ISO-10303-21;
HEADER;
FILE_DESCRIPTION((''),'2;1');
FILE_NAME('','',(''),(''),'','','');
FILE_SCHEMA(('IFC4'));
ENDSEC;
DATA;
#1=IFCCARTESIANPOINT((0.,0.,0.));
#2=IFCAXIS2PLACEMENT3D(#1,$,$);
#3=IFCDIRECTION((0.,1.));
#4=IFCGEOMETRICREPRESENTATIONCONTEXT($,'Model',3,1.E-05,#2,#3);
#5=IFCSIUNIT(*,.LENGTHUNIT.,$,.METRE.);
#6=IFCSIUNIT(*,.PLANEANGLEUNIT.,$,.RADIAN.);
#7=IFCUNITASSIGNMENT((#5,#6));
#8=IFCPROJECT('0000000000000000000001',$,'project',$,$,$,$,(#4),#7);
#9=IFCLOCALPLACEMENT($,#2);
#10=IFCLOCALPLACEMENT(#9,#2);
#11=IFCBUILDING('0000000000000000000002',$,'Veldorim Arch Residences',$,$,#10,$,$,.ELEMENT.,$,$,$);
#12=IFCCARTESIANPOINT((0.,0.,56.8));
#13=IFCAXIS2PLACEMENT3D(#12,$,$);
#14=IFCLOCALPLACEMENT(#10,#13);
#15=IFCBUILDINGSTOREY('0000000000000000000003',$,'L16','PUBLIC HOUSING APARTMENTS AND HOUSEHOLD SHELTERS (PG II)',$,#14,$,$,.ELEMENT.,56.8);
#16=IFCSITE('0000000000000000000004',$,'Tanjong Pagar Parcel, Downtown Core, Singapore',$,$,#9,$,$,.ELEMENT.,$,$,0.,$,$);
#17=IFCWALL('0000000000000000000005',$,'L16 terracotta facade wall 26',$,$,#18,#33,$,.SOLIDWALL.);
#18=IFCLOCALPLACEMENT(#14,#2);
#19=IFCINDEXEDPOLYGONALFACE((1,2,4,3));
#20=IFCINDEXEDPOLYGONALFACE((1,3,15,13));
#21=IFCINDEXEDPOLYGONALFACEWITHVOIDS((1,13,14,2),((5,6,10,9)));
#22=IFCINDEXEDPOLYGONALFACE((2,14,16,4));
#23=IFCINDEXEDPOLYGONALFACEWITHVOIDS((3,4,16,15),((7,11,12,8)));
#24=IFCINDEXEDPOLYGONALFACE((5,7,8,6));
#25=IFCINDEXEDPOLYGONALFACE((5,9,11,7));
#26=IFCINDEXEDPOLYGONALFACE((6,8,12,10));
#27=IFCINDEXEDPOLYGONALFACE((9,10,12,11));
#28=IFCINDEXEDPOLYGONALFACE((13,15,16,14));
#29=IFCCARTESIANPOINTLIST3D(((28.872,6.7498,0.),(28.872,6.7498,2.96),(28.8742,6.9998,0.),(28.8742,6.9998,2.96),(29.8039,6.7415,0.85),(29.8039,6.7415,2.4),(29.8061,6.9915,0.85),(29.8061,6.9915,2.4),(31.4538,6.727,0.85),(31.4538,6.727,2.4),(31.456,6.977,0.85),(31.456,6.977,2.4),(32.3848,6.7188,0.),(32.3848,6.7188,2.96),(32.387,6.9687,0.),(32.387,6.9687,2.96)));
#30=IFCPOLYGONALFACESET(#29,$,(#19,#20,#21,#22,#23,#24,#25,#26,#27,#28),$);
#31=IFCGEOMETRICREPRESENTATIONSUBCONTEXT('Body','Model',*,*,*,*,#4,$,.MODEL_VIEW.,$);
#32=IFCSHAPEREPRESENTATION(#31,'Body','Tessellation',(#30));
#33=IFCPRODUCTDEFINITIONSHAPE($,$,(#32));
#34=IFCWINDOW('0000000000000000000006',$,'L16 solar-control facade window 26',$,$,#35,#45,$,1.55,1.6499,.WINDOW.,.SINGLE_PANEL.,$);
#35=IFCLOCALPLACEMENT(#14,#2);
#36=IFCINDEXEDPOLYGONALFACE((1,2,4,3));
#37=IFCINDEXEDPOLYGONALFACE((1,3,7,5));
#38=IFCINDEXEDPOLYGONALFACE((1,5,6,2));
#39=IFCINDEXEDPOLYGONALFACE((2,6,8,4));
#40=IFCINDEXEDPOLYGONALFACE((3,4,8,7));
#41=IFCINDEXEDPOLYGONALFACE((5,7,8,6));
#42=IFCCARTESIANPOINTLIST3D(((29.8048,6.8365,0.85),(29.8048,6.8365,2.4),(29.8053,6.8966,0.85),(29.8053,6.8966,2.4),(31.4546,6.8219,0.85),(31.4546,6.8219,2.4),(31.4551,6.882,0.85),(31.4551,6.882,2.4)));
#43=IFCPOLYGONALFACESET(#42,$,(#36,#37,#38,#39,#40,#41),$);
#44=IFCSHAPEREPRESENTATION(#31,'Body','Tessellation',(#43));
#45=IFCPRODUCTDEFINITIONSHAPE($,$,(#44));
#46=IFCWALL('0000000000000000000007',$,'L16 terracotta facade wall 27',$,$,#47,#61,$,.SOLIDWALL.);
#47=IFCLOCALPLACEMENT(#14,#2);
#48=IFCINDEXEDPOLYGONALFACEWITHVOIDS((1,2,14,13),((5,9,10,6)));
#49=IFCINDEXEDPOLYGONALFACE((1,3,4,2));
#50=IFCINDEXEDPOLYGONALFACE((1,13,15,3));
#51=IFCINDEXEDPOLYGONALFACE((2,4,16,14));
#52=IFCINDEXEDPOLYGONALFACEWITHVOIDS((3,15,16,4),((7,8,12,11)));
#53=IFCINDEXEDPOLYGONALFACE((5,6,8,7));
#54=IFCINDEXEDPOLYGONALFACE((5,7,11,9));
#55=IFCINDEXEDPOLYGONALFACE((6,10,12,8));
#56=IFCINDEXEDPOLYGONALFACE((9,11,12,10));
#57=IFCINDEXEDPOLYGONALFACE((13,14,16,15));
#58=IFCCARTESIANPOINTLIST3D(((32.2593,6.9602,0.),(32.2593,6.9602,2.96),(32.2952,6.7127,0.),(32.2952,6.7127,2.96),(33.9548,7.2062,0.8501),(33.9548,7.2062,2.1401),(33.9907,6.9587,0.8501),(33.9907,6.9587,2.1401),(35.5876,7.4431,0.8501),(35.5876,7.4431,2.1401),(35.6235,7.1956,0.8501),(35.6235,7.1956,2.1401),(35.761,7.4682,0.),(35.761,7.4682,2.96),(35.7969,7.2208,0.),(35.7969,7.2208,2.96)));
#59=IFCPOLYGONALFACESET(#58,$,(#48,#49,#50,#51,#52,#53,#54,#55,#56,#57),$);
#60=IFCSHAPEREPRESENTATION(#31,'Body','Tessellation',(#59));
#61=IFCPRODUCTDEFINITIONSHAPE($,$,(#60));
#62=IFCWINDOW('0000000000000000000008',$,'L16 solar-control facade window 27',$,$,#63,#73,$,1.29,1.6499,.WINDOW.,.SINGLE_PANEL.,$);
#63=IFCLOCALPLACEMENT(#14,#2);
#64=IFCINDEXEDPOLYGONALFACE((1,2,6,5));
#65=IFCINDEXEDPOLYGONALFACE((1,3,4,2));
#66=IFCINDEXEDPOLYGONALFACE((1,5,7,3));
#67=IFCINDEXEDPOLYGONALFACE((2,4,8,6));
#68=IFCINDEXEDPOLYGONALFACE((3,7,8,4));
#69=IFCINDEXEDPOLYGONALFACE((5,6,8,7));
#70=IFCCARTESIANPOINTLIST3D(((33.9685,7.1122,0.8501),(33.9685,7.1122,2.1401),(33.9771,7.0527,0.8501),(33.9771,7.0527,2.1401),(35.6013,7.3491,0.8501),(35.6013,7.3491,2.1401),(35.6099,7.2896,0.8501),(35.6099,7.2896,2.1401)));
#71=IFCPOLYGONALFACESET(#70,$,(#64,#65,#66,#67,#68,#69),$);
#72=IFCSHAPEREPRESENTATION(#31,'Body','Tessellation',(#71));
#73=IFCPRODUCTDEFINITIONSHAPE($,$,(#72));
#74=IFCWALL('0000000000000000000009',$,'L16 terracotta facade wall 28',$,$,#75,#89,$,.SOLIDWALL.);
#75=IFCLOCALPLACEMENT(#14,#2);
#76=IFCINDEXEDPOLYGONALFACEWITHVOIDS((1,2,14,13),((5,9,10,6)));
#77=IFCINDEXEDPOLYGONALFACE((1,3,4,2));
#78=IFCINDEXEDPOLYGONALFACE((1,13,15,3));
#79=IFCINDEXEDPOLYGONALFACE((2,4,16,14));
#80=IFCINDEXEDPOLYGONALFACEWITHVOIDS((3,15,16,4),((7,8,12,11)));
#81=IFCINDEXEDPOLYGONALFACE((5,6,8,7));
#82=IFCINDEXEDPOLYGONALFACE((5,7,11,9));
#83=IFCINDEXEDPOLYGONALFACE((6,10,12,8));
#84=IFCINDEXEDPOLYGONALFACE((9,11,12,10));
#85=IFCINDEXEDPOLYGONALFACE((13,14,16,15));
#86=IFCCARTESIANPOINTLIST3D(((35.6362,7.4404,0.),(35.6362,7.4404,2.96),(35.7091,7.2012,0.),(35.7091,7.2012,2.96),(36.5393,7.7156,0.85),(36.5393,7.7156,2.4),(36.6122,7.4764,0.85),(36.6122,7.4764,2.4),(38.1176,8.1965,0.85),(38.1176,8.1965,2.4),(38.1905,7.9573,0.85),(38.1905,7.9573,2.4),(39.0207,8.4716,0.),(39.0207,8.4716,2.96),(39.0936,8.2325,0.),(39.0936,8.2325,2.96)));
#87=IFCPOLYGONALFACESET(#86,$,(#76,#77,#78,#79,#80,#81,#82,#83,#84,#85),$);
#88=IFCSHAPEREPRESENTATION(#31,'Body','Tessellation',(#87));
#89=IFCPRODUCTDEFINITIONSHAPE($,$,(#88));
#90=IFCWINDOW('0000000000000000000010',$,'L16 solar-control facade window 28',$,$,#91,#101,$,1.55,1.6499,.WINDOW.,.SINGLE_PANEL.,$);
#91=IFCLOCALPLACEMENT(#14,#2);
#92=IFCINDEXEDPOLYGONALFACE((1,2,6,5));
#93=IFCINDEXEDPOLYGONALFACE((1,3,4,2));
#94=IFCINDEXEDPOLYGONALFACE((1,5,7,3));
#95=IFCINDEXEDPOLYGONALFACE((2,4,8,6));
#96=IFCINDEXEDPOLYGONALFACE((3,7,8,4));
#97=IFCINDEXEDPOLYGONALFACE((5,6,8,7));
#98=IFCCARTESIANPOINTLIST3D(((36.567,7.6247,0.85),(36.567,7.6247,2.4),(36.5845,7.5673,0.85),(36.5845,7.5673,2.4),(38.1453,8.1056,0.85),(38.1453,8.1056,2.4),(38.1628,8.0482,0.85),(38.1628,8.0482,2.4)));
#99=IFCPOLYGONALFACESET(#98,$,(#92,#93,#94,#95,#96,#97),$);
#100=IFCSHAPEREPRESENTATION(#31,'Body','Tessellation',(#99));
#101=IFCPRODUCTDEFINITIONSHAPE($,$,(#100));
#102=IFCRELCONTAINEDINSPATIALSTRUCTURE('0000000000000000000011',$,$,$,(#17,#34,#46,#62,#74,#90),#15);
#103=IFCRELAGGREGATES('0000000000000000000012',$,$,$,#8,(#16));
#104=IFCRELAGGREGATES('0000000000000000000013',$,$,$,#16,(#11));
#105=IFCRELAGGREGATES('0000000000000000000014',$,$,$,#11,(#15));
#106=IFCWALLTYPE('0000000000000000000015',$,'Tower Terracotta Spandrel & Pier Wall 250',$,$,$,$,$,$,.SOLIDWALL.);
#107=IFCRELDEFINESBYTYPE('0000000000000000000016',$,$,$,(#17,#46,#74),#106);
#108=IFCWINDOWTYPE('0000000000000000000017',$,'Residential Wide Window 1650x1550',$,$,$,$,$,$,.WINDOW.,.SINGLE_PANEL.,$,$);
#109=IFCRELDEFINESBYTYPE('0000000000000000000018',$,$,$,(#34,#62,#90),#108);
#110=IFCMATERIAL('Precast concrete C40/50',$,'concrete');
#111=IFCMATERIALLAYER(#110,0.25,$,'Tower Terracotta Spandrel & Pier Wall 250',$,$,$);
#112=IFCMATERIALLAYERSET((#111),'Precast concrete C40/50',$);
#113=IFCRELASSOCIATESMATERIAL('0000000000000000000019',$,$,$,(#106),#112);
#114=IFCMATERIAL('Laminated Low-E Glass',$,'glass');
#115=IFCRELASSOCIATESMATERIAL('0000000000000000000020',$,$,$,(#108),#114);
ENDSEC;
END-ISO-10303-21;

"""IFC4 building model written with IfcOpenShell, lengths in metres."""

from ifc_helpers import new_model, si_unit, direction, frame, frame_2d, origin, place, context, subcontext, project, spatial, rectangle, extrude, material, layer, layer_set, type_object, element, fill, save


model = new_model("IFC4")

# Units and contexts
model_context = context("Model", 3, precision=1e-05, world=origin(), true_north=direction((0.0, 1.0)))
body_context = subcontext(model_context, "Body", "Model", "MODEL_VIEW")
ifc_project = project(units=[si_unit("LENGTHUNIT", "METRE"), si_unit("PLANEANGLEUNIT", "RADIAN")], contexts=[model_context])

# Site, building, storey
site_placement = place(None, origin())
site = spatial("IfcSite", under=ifc_project, at=site_placement, Name="Tanjong Pagar Parcel, Downtown Core, Singapore", CompositionType="ELEMENT", RefElevation=0.0)
building_placement = place(site_placement, origin())
building = spatial("IfcBuilding", under=site, at=building_placement, Name="Veldorim Arch Residences", CompositionType="ELEMENT")
storey_placement = place(building_placement, frame((0.0, 0.0, 56.8)))
storey = spatial("IfcBuildingStorey", under=building, at=storey_placement, Name="L16", Description="PUBLIC HOUSING APARTMENTS AND HOUSEHOLD SHELTERS (PG II)", CompositionType="ELEMENT", Elevation=56.8)

# Walls, openings, windows
ifc_material_1 = material(Name="Precast concrete C40/50", Category="concrete")
ifc_layer_1 = layer(ifc_material_1, 0.25, Name="Tower Terracotta Spandrel & Pier Wall 250")
ifc_layer_set_1 = layer_set([ifc_layer_1], Name="Precast concrete C40/50")
wall_type_1 = type_object("IfcWallType", Name="Tower Terracotta Spandrel & Pier Wall 250", PredefinedType="SOLIDWALL", material=ifc_layer_set_1)
wall_1_placement = place(storey_placement, frame((32.3857, 6.8438, 0.0), z_axis=(0.0, 0.0, 1.0), x_axis=(-0.999961, 0.008826, 0.0)))
wall_1 = element("IfcWall", 1, at=wall_1_placement, inside=storey, type_object=wall_type_1, Name="L16 terracotta facade wall 26", PredefinedType="SOLIDWALL", context=body_context, shape_type="SweptSolid", body=[
    extrude(rectangle(XDim=3.5129, YDim=0.25, at=frame_2d((1.7563, 0.0))), origin(), (0.0, 0.0, 1.0), 2.96),
])
opening_1_placement = place(wall_1_placement, frame((0.9309, 0.0, 0.8501)))
opening_1 = element("IfcOpeningElement", 2, at=opening_1_placement, cuts=wall_1, PredefinedType="OPENING", context=body_context, shape_type="SweptSolid", body=[
    extrude(rectangle(XDim=1.6499, YDim=1.55, at=frame_2d((0.825, 0.7749))), frame((0.0, 0.135, 0.0), z_axis=(0.0, -1.0, 0.0), x_axis=(1.0, 0.0, 0.0)), (0.0, 0.0, 1.0), 0.27),
])
ifc_material_2 = material(Name="Laminated Low-E Glass", Category="glass")
window_type = type_object("IfcWindowType", Name="Residential Wide Window 1650x1550", PartitioningType="SINGLE_PANEL", PredefinedType="WINDOW", material=ifc_material_2)
window_1_placement = place(opening_1_placement, origin())
window_1 = element("IfcWindow", 3, at=window_1_placement, inside=storey, type_object=window_type, Name="L16 solar-control facade window 26", OverallHeight=1.55, OverallWidth=1.6499, PartitioningType="SINGLE_PANEL", PredefinedType="WINDOW", context=body_context, shape_type="SweptSolid", body=[
    extrude(rectangle(XDim=1.6499, YDim=1.55, at=frame_2d((0.825, 0.7749))), frame((0.0, 0.03, 0.0), z_axis=(0.0, -1.0, 0.0), x_axis=(1.0, 0.0, 0.0)), (0.0, 0.0, 1.0), 0.0601),
])
fill(opening_1, window_1)
wall_2_placement = place(storey_placement, frame((35.7788, 7.3445, 0.0), z_axis=(0.0, 0.0, 1.0), x_axis=(-0.989638, -0.143585, 0.0)))
wall_2 = element("IfcWall", 4, at=wall_2_placement, inside=storey, type_object=wall_type_1, Name="L16 terracotta facade wall 27", PredefinedType="SOLIDWALL", context=body_context, shape_type="SweptSolid", body=[
    extrude(rectangle(XDim=3.5383, YDim=0.25, at=frame_2d((1.769, 0.0))), origin(), (0.0, 0.0, 1.0), 2.96),
])
opening_2_placement = place(wall_2_placement, frame((0.175, 0.0, 0.8501)))
opening_2 = element("IfcOpeningElement", 5, at=opening_2_placement, cuts=wall_2, PredefinedType="OPENING", context=body_context, shape_type="SweptSolid", body=[
    extrude(rectangle(XDim=1.6499, YDim=1.29, at=frame_2d((0.825, 0.645))), frame((0.0, 0.135, 0.0), z_axis=(0.0, -1.0, 0.0), x_axis=(1.0, 0.0, 0.0)), (0.0, 0.0, 1.0), 0.27),
])
window_2_placement = place(opening_2_placement, origin())
window_2 = element("IfcWindow", 6, at=window_2_placement, inside=storey, type_object=window_type, Name="L16 solar-control facade window 27", OverallHeight=1.29, OverallWidth=1.6499, PartitioningType="SINGLE_PANEL", PredefinedType="WINDOW", context=body_context, shape_type="SweptSolid", body=[
    extrude(rectangle(XDim=1.6499, YDim=1.29, at=frame_2d((0.825, 0.645))), frame((0.0, 0.03, 0.0), z_axis=(0.0, -1.0, 0.0), x_axis=(1.0, 0.0, 0.0)), (0.0, 0.0, 1.0), 0.0601),
])
fill(opening_2, window_2)
wall_3_placement = place(storey_placement, frame((39.0571, 8.3521, 0.0), z_axis=(0.0, 0.0, 1.0), x_axis=(-0.956581, -0.291466, 0.0)))
wall_3 = element("IfcWall", 7, at=wall_3_placement, inside=storey, type_object=wall_type_1, Name="L16 terracotta facade wall 28", PredefinedType="SOLIDWALL", context=body_context, shape_type="SweptSolid", body=[
    extrude(rectangle(XDim=3.5381, YDim=0.25, at=frame_2d((1.769, 0.0))), origin(), (0.0, 0.0, 1.0), 2.96),
])
opening_3_placement = place(wall_3_placement, frame((0.9441, 0.0, 0.8501)))
opening_3 = element("IfcOpeningElement", 8, at=opening_3_placement, cuts=wall_3, PredefinedType="OPENING", context=body_context, shape_type="SweptSolid", body=[
    extrude(rectangle(XDim=1.6499, YDim=1.55, at=frame_2d((0.825, 0.7749))), frame((0.0, 0.135, 0.0), z_axis=(0.0, -1.0, 0.0), x_axis=(1.0, 0.0, 0.0)), (0.0, 0.0, 1.0), 0.27),
])
window_3_placement = place(opening_3_placement, origin())
window_3 = element("IfcWindow", 9, at=window_3_placement, inside=storey, type_object=window_type, Name="L16 solar-control facade window 28", OverallHeight=1.55, OverallWidth=1.6499, PartitioningType="SINGLE_PANEL", PredefinedType="WINDOW", context=body_context, shape_type="SweptSolid", body=[
    extrude(rectangle(XDim=1.6499, YDim=1.55, at=frame_2d((0.825, 0.7749))), frame((0.0, 0.03, 0.0), z_axis=(0.0, -1.0, 0.0), x_axis=(1.0, 0.0, 0.0)), (0.0, 0.0, 1.0), 0.0601),
])
fill(opening_3, window_3)

save(model, "model.ifc")
